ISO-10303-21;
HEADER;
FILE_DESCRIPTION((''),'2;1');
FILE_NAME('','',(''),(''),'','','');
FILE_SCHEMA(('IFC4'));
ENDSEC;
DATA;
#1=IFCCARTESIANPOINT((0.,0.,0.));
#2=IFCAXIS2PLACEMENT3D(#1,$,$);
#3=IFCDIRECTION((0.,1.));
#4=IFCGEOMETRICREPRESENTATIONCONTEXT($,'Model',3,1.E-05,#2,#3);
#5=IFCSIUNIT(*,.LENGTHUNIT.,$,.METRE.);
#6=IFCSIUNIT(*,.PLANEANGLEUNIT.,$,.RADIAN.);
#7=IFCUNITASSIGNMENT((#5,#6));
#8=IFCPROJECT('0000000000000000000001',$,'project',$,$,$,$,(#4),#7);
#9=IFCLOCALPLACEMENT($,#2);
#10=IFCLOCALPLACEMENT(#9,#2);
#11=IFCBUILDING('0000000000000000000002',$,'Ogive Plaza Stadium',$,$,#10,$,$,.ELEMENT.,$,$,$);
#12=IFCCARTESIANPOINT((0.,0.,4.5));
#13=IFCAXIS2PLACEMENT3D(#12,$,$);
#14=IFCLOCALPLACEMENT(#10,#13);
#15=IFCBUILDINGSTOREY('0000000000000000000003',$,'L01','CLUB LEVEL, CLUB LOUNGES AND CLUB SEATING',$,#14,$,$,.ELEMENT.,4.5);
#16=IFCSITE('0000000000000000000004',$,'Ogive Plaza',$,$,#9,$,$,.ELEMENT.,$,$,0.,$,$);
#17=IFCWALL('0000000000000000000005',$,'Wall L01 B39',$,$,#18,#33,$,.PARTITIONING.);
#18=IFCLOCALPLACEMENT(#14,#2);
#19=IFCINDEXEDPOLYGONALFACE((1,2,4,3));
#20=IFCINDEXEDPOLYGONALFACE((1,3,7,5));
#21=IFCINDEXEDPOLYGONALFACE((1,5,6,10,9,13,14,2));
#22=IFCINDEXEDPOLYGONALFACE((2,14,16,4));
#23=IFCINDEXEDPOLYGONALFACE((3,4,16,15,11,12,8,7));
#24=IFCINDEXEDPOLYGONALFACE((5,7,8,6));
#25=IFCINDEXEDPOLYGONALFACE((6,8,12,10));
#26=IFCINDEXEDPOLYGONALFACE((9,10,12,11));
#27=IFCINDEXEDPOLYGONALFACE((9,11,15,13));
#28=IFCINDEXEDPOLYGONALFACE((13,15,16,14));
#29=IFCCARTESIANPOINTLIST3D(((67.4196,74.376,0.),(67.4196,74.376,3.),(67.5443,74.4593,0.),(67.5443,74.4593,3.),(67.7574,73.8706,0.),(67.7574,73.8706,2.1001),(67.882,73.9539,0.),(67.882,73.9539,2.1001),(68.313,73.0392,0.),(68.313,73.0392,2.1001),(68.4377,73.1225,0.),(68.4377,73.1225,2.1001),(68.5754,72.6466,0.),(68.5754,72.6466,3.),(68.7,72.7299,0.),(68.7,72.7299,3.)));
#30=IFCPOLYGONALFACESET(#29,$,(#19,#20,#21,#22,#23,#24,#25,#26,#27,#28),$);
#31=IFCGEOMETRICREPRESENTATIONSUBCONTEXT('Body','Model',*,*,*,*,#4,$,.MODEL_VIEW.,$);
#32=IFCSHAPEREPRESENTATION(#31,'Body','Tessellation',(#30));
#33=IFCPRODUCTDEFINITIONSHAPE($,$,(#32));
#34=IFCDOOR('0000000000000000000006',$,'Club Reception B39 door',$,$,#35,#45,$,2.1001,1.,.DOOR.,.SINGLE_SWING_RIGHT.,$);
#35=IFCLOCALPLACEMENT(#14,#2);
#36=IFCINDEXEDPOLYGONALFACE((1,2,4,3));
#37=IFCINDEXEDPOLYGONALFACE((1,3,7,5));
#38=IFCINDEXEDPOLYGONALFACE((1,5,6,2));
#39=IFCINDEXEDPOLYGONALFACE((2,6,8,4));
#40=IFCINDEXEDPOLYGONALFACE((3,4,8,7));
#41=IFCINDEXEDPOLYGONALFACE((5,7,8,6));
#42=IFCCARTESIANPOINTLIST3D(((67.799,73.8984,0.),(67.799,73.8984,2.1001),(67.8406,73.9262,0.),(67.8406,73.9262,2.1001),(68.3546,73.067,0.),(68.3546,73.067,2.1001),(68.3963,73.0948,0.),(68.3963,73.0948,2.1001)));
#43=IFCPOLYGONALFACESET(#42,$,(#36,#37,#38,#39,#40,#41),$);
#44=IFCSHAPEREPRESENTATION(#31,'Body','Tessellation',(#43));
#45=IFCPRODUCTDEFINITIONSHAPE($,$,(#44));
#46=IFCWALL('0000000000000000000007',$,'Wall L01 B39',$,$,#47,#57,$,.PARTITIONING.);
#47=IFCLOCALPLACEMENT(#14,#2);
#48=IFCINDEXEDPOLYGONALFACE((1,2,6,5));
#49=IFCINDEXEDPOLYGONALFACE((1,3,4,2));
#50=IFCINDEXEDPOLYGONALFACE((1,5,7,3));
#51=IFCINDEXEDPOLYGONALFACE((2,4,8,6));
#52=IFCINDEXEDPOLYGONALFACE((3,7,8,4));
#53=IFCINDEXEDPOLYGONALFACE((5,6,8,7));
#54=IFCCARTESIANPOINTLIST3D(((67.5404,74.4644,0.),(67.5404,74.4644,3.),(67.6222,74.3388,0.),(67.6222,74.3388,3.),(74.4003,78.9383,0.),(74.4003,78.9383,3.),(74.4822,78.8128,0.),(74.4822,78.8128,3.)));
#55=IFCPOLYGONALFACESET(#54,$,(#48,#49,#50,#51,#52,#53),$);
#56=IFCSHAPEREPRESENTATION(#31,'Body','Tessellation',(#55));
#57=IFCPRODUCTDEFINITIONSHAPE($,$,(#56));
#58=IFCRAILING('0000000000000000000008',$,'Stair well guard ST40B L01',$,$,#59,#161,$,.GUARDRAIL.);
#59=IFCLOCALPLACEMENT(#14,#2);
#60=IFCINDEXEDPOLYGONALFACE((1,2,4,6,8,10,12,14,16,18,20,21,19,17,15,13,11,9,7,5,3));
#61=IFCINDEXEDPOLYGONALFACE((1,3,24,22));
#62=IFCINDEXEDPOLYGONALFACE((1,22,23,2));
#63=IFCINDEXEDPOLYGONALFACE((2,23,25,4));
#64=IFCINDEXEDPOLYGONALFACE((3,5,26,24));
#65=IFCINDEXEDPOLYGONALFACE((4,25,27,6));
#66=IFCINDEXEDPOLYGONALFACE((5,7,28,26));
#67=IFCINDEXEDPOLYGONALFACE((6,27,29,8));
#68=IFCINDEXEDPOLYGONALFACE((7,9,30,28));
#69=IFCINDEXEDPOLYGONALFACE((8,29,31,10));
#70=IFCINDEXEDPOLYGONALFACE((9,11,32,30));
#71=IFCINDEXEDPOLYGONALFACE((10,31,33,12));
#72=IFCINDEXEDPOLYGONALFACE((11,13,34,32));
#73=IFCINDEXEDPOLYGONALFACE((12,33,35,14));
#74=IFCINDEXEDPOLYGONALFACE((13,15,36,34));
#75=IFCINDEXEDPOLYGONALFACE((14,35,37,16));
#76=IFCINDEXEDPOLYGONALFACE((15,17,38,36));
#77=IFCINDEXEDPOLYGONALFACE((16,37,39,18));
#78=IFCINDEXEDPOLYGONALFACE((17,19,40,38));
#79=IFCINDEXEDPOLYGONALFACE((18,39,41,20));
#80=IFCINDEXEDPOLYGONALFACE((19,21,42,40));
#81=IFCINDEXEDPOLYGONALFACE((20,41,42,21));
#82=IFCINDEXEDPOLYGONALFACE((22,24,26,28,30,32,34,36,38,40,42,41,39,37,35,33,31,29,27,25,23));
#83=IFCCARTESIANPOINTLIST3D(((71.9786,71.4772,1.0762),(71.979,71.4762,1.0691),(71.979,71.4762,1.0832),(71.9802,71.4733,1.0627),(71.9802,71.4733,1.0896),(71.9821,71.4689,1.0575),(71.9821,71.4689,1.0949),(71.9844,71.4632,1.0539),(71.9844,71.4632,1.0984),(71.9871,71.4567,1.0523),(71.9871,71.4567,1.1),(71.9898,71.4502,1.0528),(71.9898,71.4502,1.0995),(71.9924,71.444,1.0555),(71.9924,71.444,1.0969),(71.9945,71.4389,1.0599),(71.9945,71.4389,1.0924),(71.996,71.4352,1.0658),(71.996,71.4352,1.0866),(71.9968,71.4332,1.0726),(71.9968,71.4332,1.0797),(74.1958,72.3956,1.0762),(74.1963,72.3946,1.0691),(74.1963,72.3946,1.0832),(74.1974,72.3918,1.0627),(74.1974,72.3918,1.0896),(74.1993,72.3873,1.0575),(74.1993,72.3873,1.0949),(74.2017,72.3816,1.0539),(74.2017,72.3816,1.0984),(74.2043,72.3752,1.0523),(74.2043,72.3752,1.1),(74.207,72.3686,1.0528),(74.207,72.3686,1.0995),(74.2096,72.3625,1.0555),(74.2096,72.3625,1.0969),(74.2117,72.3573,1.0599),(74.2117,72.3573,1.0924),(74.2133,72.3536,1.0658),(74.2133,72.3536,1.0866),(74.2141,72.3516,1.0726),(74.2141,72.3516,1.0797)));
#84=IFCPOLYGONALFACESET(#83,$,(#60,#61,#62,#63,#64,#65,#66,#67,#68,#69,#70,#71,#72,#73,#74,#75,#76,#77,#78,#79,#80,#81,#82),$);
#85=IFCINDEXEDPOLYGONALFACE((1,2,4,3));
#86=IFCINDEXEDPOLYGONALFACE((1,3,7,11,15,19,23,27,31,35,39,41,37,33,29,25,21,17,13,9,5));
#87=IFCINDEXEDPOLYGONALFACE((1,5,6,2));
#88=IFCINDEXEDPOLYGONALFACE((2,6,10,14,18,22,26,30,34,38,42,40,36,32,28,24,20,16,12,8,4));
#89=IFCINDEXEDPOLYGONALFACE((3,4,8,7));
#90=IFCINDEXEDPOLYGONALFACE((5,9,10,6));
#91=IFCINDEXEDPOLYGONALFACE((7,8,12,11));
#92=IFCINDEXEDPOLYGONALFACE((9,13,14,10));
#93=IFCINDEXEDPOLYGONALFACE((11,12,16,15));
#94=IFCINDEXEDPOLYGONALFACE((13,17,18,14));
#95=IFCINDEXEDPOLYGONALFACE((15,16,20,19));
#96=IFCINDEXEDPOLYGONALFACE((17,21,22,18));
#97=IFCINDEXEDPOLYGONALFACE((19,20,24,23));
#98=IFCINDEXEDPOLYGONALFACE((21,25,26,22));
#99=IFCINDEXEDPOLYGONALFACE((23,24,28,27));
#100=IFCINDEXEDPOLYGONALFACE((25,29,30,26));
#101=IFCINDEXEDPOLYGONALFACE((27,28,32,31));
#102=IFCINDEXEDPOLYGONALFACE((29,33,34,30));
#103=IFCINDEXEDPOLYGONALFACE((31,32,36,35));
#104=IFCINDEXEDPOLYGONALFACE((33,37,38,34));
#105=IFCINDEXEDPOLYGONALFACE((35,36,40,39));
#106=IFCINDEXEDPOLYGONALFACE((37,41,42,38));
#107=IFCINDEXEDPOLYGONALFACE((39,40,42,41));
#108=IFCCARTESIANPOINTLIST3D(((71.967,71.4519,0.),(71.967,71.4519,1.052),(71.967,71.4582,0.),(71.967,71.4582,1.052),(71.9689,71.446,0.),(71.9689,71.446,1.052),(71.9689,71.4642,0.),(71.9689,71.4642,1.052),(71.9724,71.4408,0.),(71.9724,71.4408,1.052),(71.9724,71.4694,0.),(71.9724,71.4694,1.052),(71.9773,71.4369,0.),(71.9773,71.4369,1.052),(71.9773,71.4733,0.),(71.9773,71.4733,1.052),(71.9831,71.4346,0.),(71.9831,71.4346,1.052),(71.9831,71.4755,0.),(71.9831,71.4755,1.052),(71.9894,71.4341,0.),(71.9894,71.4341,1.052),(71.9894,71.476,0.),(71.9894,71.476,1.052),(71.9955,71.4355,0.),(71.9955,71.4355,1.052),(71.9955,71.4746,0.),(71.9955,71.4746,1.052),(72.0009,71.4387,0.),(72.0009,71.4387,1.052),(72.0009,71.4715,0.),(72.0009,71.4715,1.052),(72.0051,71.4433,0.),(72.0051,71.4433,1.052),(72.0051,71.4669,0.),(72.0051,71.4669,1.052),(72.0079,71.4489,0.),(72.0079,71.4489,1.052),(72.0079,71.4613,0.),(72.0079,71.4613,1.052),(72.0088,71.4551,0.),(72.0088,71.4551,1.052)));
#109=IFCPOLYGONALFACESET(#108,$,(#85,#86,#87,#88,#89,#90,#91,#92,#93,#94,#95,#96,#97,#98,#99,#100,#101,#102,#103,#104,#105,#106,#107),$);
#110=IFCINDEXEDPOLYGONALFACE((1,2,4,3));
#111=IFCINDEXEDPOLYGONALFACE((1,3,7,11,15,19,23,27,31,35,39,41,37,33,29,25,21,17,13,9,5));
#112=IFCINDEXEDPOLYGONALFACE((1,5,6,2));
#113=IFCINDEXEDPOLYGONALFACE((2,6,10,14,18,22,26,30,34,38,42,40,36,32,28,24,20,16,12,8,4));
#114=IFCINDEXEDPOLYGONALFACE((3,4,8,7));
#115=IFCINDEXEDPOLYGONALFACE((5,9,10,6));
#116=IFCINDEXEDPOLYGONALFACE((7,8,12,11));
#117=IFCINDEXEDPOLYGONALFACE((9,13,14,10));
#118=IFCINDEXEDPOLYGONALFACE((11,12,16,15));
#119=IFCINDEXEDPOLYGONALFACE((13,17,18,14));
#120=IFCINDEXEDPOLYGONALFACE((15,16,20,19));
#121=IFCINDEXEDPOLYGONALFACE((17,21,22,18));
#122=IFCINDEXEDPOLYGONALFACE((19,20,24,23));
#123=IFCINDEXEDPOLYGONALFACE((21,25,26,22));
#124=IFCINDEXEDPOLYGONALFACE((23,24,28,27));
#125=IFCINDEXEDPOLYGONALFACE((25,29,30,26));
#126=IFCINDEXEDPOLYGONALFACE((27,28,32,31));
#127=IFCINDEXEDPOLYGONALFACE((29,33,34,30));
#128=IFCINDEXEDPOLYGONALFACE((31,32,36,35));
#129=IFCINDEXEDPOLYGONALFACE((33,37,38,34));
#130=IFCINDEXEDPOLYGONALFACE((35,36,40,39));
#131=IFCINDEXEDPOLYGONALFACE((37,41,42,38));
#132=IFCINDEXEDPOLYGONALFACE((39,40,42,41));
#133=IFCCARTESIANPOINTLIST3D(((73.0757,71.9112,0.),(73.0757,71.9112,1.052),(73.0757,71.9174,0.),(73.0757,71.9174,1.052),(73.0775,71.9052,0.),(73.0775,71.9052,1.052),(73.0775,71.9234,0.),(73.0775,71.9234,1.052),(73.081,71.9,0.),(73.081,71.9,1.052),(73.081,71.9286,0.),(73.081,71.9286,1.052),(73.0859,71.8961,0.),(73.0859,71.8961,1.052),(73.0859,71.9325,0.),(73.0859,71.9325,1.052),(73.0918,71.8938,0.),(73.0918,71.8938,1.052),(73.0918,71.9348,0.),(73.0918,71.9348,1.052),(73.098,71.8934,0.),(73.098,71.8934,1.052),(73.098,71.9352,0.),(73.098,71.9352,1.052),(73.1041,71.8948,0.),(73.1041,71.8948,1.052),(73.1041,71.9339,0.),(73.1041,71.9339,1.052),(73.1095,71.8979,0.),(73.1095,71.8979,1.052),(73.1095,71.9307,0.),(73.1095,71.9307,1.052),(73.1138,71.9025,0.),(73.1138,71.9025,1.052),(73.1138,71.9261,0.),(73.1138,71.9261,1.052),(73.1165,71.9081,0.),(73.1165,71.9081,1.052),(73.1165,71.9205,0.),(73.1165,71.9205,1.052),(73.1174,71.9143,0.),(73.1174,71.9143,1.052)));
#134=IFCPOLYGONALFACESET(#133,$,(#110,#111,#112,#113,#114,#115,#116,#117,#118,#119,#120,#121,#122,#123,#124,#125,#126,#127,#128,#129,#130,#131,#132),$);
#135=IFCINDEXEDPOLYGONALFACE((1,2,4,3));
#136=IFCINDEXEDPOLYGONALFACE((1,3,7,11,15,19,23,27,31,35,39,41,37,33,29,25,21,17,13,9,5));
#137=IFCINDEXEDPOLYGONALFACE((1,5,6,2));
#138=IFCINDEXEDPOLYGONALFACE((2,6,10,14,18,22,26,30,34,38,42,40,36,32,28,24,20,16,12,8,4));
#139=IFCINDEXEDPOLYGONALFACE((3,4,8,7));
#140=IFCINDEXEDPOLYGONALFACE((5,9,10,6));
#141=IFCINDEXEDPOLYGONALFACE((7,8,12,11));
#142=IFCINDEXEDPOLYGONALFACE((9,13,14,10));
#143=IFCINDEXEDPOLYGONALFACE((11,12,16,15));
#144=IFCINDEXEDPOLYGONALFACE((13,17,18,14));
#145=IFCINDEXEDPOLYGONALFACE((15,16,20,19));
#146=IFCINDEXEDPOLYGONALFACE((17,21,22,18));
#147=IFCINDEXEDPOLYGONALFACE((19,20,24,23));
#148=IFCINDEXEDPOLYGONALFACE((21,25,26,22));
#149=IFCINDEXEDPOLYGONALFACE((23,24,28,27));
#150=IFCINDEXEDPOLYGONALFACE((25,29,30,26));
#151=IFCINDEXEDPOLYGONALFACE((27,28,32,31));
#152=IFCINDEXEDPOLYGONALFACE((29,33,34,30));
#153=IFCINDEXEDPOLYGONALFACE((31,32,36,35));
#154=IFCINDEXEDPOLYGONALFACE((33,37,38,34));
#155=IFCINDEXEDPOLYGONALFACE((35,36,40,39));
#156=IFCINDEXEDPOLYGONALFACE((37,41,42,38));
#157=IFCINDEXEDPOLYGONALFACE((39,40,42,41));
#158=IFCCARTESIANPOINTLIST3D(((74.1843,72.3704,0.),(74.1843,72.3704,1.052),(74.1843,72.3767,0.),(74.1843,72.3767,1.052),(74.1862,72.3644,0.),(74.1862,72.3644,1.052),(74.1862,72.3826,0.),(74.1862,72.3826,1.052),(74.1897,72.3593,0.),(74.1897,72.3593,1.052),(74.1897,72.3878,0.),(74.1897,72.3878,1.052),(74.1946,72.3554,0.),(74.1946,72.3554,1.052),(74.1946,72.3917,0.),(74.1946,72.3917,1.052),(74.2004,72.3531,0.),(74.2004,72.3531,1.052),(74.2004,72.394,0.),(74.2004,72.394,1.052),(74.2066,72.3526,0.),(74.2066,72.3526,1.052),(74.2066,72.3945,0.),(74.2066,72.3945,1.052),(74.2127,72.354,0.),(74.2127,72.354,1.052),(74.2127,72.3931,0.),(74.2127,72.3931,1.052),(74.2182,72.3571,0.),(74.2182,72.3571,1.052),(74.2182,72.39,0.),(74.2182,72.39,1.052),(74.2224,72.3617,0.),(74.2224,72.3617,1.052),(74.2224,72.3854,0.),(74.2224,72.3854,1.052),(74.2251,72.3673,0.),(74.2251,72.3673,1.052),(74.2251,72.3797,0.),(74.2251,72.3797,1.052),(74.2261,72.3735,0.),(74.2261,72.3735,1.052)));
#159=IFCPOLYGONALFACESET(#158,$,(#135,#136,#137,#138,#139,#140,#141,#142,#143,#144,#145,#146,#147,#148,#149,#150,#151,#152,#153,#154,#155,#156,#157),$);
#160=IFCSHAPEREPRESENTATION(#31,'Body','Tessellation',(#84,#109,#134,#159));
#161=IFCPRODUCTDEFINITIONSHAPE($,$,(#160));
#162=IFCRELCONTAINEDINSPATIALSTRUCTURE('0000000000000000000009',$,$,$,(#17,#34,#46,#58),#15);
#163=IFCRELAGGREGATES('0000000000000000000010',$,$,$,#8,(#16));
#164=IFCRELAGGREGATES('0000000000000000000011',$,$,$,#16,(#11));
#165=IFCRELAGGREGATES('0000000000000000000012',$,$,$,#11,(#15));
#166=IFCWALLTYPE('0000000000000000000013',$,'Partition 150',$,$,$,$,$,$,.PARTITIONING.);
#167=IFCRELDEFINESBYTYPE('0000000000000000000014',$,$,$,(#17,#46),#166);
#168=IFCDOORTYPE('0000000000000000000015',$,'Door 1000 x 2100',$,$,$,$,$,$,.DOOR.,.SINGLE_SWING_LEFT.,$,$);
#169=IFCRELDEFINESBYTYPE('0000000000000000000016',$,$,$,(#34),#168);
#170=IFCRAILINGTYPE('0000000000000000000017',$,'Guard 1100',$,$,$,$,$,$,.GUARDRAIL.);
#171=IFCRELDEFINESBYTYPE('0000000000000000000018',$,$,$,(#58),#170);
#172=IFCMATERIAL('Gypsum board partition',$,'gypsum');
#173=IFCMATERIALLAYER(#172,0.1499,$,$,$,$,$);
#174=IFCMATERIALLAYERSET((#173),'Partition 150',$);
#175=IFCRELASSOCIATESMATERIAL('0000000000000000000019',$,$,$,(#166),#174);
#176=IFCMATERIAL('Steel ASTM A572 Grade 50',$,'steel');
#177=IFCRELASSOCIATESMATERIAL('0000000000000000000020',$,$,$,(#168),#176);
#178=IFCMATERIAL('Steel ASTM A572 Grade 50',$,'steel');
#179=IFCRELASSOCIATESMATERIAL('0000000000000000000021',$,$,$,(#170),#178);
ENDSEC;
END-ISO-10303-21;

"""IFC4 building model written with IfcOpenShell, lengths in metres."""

from ifc_helpers import new_model, si_unit, direction, frame, frame_2d, origin, origin_2d, place, context, subcontext, project, spatial, rectangle, circle, extrude, material, layer, layer_set, type_object, element, fill, save


model = new_model("IFC4")

# Units and contexts
model_context = context("Model", 3, precision=1e-05, world=origin(), true_north=direction((0.0, 1.0)))
body_context = subcontext(model_context, "Body", "Model", "MODEL_VIEW")
ifc_project = project(units=[si_unit("LENGTHUNIT", "METRE"), si_unit("PLANEANGLEUNIT", "RADIAN")], contexts=[model_context])

# Site, building, storey
site_placement = place(None, origin())
site = spatial("IfcSite", under=ifc_project, at=site_placement, Name="Ogive Plaza", CompositionType="ELEMENT", RefElevation=0.0)
building_placement = place(site_placement, origin())
building = spatial("IfcBuilding", under=site, at=building_placement, Name="Ogive Plaza Stadium", CompositionType="ELEMENT")
storey_placement = place(building_placement, frame((0.0, 0.0, 4.5)))
storey = spatial("IfcBuildingStorey", under=building, at=storey_placement, Name="L01", Description="CLUB LEVEL, CLUB LOUNGES AND CLUB SEATING", CompositionType="ELEMENT", Elevation=4.5)

# Wall, opening, door
ifc_material_1 = material(Name="Gypsum board partition", Category="gypsum")
ifc_layer_1 = layer(ifc_material_1, 0.1499)
ifc_layer_set_1 = layer_set([ifc_layer_1], Name="Partition 150")
wall_type_1 = type_object("IfcWallType", Name="Partition 150", PredefinedType="PARTITIONING", material=ifc_layer_set_1)
wall_1_placement = place(storey_placement, frame((68.6377, 72.6882, 0.0), z_axis=(0.0, 0.0, 1.0), x_axis=(-0.555621, 0.831436, 0.0)))
wall_1 = element("IfcWall", 1, at=wall_1_placement, inside=storey, type_object=wall_type_1, Name="Wall L01 B39", PredefinedType="PARTITIONING", context=body_context, shape_type="SweptSolid", body=[
    extrude(rectangle(XDim=2.0801, YDim=0.1499, at=frame_2d((1.04, 0.0))), origin(), (0.0, 0.0, 1.0), 3.0),
])
opening_1_placement = place(wall_1_placement, frame((0.4722, 0.0, 0.0)))
opening_1 = element("IfcOpeningElement", 2, at=opening_1_placement, cuts=wall_1, PredefinedType="OPENING", context=body_context, shape_type="SweptSolid", body=[
    extrude(rectangle(XDim=1.0, YDim=2.1001, at=frame_2d((0.5, 1.05))), frame((0.0, 0.075, 0.0), z_axis=(0.0, -1.0, 0.0), x_axis=(1.0, 0.0, 0.0)), (0.0, 0.0, 1.0), 0.1499),
])
ifc_material_2 = material(Name="Steel ASTM A572 Grade 50", Category="steel")
door_type_1 = type_object("IfcDoorType", Name="Door 1000 x 2100", OperationType="SINGLE_SWING_LEFT", PredefinedType="DOOR", material=ifc_material_2)
door_1_placement = place(opening_1_placement, origin())
door_1 = element("IfcDoor", 3, at=door_1_placement, inside=storey, type_object=door_type_1, Name="Club Reception B39 door", OperationType="SINGLE_SWING_RIGHT", OverallHeight=2.1001, OverallWidth=1.0, PredefinedType="DOOR", context=body_context, shape_type="SweptSolid", body=[
    extrude(rectangle(XDim=1.0, YDim=2.1001, at=frame_2d((0.5, 1.05))), frame((0.0, 0.0249, 0.0), z_axis=(0.0, -1.0, 0.0), x_axis=(1.0, 0.0, 0.0)), (0.0, 0.0, 1.0), 0.05),
])
fill(opening_1, door_1)

# Wall
wall_2_placement = place(storey_placement, frame((67.5813, 74.4016, 0.0), z_axis=(0.0, 0.0, 1.0), x_axis=(0.837608, 0.546272, 0.0)))
element("IfcWall", 4, at=wall_2_placement, inside=storey, type_object=wall_type_1, Name="Wall L01 B39", PredefinedType="PARTITIONING", context=body_context, shape_type="SweptSolid", body=[
    extrude(rectangle(XDim=8.1899, YDim=0.1499, at=frame_2d((4.095, 0.0))), origin(), (0.0, 0.0, 1.0), 3.0),
])

# Railing
ifc_material_3 = material(Name="Steel ASTM A572 Grade 50", Category="steel")
railing_type_1 = type_object("IfcRailingType", Name="Guard 1100", PredefinedType="GUARDRAIL", material=ifc_material_3)
for number, where, name in (
    (5, (71.9878, 71.4551, 0.0), "Stair well guard ST40B L01"),
):
    element("IfcRailing", number, at=place(storey_placement, frame(where)), inside=storey, type_object=railing_type_1, Name=name, PredefinedType="GUARDRAIL", context=body_context, shape_type="SweptSolid", body=[
        extrude(circle(Radius=0.0239, at=origin_2d()), frame((0.0, 0.0, 1.0762), z_axis=(0.923875, 0.382693, 0.0), x_axis=(-0.382693, 0.923875, 0.0)), (0.0, 0.0, 1.0), 2.3999),
        extrude(circle(Radius=0.021, at=origin_2d()), origin(), (0.0, 0.0, 1.0), 1.052),
        extrude(circle(Radius=0.021, at=origin_2d()), frame((1.1086, 0.4592, 0.0)), (0.0, 0.0, 1.0), 1.052),
        extrude(circle(Radius=0.021, at=origin_2d()), frame((2.2173, 0.9185, 0.0)), (0.0, 0.0, 1.0), 1.052),
    ])

save(model, "model.ifc")
